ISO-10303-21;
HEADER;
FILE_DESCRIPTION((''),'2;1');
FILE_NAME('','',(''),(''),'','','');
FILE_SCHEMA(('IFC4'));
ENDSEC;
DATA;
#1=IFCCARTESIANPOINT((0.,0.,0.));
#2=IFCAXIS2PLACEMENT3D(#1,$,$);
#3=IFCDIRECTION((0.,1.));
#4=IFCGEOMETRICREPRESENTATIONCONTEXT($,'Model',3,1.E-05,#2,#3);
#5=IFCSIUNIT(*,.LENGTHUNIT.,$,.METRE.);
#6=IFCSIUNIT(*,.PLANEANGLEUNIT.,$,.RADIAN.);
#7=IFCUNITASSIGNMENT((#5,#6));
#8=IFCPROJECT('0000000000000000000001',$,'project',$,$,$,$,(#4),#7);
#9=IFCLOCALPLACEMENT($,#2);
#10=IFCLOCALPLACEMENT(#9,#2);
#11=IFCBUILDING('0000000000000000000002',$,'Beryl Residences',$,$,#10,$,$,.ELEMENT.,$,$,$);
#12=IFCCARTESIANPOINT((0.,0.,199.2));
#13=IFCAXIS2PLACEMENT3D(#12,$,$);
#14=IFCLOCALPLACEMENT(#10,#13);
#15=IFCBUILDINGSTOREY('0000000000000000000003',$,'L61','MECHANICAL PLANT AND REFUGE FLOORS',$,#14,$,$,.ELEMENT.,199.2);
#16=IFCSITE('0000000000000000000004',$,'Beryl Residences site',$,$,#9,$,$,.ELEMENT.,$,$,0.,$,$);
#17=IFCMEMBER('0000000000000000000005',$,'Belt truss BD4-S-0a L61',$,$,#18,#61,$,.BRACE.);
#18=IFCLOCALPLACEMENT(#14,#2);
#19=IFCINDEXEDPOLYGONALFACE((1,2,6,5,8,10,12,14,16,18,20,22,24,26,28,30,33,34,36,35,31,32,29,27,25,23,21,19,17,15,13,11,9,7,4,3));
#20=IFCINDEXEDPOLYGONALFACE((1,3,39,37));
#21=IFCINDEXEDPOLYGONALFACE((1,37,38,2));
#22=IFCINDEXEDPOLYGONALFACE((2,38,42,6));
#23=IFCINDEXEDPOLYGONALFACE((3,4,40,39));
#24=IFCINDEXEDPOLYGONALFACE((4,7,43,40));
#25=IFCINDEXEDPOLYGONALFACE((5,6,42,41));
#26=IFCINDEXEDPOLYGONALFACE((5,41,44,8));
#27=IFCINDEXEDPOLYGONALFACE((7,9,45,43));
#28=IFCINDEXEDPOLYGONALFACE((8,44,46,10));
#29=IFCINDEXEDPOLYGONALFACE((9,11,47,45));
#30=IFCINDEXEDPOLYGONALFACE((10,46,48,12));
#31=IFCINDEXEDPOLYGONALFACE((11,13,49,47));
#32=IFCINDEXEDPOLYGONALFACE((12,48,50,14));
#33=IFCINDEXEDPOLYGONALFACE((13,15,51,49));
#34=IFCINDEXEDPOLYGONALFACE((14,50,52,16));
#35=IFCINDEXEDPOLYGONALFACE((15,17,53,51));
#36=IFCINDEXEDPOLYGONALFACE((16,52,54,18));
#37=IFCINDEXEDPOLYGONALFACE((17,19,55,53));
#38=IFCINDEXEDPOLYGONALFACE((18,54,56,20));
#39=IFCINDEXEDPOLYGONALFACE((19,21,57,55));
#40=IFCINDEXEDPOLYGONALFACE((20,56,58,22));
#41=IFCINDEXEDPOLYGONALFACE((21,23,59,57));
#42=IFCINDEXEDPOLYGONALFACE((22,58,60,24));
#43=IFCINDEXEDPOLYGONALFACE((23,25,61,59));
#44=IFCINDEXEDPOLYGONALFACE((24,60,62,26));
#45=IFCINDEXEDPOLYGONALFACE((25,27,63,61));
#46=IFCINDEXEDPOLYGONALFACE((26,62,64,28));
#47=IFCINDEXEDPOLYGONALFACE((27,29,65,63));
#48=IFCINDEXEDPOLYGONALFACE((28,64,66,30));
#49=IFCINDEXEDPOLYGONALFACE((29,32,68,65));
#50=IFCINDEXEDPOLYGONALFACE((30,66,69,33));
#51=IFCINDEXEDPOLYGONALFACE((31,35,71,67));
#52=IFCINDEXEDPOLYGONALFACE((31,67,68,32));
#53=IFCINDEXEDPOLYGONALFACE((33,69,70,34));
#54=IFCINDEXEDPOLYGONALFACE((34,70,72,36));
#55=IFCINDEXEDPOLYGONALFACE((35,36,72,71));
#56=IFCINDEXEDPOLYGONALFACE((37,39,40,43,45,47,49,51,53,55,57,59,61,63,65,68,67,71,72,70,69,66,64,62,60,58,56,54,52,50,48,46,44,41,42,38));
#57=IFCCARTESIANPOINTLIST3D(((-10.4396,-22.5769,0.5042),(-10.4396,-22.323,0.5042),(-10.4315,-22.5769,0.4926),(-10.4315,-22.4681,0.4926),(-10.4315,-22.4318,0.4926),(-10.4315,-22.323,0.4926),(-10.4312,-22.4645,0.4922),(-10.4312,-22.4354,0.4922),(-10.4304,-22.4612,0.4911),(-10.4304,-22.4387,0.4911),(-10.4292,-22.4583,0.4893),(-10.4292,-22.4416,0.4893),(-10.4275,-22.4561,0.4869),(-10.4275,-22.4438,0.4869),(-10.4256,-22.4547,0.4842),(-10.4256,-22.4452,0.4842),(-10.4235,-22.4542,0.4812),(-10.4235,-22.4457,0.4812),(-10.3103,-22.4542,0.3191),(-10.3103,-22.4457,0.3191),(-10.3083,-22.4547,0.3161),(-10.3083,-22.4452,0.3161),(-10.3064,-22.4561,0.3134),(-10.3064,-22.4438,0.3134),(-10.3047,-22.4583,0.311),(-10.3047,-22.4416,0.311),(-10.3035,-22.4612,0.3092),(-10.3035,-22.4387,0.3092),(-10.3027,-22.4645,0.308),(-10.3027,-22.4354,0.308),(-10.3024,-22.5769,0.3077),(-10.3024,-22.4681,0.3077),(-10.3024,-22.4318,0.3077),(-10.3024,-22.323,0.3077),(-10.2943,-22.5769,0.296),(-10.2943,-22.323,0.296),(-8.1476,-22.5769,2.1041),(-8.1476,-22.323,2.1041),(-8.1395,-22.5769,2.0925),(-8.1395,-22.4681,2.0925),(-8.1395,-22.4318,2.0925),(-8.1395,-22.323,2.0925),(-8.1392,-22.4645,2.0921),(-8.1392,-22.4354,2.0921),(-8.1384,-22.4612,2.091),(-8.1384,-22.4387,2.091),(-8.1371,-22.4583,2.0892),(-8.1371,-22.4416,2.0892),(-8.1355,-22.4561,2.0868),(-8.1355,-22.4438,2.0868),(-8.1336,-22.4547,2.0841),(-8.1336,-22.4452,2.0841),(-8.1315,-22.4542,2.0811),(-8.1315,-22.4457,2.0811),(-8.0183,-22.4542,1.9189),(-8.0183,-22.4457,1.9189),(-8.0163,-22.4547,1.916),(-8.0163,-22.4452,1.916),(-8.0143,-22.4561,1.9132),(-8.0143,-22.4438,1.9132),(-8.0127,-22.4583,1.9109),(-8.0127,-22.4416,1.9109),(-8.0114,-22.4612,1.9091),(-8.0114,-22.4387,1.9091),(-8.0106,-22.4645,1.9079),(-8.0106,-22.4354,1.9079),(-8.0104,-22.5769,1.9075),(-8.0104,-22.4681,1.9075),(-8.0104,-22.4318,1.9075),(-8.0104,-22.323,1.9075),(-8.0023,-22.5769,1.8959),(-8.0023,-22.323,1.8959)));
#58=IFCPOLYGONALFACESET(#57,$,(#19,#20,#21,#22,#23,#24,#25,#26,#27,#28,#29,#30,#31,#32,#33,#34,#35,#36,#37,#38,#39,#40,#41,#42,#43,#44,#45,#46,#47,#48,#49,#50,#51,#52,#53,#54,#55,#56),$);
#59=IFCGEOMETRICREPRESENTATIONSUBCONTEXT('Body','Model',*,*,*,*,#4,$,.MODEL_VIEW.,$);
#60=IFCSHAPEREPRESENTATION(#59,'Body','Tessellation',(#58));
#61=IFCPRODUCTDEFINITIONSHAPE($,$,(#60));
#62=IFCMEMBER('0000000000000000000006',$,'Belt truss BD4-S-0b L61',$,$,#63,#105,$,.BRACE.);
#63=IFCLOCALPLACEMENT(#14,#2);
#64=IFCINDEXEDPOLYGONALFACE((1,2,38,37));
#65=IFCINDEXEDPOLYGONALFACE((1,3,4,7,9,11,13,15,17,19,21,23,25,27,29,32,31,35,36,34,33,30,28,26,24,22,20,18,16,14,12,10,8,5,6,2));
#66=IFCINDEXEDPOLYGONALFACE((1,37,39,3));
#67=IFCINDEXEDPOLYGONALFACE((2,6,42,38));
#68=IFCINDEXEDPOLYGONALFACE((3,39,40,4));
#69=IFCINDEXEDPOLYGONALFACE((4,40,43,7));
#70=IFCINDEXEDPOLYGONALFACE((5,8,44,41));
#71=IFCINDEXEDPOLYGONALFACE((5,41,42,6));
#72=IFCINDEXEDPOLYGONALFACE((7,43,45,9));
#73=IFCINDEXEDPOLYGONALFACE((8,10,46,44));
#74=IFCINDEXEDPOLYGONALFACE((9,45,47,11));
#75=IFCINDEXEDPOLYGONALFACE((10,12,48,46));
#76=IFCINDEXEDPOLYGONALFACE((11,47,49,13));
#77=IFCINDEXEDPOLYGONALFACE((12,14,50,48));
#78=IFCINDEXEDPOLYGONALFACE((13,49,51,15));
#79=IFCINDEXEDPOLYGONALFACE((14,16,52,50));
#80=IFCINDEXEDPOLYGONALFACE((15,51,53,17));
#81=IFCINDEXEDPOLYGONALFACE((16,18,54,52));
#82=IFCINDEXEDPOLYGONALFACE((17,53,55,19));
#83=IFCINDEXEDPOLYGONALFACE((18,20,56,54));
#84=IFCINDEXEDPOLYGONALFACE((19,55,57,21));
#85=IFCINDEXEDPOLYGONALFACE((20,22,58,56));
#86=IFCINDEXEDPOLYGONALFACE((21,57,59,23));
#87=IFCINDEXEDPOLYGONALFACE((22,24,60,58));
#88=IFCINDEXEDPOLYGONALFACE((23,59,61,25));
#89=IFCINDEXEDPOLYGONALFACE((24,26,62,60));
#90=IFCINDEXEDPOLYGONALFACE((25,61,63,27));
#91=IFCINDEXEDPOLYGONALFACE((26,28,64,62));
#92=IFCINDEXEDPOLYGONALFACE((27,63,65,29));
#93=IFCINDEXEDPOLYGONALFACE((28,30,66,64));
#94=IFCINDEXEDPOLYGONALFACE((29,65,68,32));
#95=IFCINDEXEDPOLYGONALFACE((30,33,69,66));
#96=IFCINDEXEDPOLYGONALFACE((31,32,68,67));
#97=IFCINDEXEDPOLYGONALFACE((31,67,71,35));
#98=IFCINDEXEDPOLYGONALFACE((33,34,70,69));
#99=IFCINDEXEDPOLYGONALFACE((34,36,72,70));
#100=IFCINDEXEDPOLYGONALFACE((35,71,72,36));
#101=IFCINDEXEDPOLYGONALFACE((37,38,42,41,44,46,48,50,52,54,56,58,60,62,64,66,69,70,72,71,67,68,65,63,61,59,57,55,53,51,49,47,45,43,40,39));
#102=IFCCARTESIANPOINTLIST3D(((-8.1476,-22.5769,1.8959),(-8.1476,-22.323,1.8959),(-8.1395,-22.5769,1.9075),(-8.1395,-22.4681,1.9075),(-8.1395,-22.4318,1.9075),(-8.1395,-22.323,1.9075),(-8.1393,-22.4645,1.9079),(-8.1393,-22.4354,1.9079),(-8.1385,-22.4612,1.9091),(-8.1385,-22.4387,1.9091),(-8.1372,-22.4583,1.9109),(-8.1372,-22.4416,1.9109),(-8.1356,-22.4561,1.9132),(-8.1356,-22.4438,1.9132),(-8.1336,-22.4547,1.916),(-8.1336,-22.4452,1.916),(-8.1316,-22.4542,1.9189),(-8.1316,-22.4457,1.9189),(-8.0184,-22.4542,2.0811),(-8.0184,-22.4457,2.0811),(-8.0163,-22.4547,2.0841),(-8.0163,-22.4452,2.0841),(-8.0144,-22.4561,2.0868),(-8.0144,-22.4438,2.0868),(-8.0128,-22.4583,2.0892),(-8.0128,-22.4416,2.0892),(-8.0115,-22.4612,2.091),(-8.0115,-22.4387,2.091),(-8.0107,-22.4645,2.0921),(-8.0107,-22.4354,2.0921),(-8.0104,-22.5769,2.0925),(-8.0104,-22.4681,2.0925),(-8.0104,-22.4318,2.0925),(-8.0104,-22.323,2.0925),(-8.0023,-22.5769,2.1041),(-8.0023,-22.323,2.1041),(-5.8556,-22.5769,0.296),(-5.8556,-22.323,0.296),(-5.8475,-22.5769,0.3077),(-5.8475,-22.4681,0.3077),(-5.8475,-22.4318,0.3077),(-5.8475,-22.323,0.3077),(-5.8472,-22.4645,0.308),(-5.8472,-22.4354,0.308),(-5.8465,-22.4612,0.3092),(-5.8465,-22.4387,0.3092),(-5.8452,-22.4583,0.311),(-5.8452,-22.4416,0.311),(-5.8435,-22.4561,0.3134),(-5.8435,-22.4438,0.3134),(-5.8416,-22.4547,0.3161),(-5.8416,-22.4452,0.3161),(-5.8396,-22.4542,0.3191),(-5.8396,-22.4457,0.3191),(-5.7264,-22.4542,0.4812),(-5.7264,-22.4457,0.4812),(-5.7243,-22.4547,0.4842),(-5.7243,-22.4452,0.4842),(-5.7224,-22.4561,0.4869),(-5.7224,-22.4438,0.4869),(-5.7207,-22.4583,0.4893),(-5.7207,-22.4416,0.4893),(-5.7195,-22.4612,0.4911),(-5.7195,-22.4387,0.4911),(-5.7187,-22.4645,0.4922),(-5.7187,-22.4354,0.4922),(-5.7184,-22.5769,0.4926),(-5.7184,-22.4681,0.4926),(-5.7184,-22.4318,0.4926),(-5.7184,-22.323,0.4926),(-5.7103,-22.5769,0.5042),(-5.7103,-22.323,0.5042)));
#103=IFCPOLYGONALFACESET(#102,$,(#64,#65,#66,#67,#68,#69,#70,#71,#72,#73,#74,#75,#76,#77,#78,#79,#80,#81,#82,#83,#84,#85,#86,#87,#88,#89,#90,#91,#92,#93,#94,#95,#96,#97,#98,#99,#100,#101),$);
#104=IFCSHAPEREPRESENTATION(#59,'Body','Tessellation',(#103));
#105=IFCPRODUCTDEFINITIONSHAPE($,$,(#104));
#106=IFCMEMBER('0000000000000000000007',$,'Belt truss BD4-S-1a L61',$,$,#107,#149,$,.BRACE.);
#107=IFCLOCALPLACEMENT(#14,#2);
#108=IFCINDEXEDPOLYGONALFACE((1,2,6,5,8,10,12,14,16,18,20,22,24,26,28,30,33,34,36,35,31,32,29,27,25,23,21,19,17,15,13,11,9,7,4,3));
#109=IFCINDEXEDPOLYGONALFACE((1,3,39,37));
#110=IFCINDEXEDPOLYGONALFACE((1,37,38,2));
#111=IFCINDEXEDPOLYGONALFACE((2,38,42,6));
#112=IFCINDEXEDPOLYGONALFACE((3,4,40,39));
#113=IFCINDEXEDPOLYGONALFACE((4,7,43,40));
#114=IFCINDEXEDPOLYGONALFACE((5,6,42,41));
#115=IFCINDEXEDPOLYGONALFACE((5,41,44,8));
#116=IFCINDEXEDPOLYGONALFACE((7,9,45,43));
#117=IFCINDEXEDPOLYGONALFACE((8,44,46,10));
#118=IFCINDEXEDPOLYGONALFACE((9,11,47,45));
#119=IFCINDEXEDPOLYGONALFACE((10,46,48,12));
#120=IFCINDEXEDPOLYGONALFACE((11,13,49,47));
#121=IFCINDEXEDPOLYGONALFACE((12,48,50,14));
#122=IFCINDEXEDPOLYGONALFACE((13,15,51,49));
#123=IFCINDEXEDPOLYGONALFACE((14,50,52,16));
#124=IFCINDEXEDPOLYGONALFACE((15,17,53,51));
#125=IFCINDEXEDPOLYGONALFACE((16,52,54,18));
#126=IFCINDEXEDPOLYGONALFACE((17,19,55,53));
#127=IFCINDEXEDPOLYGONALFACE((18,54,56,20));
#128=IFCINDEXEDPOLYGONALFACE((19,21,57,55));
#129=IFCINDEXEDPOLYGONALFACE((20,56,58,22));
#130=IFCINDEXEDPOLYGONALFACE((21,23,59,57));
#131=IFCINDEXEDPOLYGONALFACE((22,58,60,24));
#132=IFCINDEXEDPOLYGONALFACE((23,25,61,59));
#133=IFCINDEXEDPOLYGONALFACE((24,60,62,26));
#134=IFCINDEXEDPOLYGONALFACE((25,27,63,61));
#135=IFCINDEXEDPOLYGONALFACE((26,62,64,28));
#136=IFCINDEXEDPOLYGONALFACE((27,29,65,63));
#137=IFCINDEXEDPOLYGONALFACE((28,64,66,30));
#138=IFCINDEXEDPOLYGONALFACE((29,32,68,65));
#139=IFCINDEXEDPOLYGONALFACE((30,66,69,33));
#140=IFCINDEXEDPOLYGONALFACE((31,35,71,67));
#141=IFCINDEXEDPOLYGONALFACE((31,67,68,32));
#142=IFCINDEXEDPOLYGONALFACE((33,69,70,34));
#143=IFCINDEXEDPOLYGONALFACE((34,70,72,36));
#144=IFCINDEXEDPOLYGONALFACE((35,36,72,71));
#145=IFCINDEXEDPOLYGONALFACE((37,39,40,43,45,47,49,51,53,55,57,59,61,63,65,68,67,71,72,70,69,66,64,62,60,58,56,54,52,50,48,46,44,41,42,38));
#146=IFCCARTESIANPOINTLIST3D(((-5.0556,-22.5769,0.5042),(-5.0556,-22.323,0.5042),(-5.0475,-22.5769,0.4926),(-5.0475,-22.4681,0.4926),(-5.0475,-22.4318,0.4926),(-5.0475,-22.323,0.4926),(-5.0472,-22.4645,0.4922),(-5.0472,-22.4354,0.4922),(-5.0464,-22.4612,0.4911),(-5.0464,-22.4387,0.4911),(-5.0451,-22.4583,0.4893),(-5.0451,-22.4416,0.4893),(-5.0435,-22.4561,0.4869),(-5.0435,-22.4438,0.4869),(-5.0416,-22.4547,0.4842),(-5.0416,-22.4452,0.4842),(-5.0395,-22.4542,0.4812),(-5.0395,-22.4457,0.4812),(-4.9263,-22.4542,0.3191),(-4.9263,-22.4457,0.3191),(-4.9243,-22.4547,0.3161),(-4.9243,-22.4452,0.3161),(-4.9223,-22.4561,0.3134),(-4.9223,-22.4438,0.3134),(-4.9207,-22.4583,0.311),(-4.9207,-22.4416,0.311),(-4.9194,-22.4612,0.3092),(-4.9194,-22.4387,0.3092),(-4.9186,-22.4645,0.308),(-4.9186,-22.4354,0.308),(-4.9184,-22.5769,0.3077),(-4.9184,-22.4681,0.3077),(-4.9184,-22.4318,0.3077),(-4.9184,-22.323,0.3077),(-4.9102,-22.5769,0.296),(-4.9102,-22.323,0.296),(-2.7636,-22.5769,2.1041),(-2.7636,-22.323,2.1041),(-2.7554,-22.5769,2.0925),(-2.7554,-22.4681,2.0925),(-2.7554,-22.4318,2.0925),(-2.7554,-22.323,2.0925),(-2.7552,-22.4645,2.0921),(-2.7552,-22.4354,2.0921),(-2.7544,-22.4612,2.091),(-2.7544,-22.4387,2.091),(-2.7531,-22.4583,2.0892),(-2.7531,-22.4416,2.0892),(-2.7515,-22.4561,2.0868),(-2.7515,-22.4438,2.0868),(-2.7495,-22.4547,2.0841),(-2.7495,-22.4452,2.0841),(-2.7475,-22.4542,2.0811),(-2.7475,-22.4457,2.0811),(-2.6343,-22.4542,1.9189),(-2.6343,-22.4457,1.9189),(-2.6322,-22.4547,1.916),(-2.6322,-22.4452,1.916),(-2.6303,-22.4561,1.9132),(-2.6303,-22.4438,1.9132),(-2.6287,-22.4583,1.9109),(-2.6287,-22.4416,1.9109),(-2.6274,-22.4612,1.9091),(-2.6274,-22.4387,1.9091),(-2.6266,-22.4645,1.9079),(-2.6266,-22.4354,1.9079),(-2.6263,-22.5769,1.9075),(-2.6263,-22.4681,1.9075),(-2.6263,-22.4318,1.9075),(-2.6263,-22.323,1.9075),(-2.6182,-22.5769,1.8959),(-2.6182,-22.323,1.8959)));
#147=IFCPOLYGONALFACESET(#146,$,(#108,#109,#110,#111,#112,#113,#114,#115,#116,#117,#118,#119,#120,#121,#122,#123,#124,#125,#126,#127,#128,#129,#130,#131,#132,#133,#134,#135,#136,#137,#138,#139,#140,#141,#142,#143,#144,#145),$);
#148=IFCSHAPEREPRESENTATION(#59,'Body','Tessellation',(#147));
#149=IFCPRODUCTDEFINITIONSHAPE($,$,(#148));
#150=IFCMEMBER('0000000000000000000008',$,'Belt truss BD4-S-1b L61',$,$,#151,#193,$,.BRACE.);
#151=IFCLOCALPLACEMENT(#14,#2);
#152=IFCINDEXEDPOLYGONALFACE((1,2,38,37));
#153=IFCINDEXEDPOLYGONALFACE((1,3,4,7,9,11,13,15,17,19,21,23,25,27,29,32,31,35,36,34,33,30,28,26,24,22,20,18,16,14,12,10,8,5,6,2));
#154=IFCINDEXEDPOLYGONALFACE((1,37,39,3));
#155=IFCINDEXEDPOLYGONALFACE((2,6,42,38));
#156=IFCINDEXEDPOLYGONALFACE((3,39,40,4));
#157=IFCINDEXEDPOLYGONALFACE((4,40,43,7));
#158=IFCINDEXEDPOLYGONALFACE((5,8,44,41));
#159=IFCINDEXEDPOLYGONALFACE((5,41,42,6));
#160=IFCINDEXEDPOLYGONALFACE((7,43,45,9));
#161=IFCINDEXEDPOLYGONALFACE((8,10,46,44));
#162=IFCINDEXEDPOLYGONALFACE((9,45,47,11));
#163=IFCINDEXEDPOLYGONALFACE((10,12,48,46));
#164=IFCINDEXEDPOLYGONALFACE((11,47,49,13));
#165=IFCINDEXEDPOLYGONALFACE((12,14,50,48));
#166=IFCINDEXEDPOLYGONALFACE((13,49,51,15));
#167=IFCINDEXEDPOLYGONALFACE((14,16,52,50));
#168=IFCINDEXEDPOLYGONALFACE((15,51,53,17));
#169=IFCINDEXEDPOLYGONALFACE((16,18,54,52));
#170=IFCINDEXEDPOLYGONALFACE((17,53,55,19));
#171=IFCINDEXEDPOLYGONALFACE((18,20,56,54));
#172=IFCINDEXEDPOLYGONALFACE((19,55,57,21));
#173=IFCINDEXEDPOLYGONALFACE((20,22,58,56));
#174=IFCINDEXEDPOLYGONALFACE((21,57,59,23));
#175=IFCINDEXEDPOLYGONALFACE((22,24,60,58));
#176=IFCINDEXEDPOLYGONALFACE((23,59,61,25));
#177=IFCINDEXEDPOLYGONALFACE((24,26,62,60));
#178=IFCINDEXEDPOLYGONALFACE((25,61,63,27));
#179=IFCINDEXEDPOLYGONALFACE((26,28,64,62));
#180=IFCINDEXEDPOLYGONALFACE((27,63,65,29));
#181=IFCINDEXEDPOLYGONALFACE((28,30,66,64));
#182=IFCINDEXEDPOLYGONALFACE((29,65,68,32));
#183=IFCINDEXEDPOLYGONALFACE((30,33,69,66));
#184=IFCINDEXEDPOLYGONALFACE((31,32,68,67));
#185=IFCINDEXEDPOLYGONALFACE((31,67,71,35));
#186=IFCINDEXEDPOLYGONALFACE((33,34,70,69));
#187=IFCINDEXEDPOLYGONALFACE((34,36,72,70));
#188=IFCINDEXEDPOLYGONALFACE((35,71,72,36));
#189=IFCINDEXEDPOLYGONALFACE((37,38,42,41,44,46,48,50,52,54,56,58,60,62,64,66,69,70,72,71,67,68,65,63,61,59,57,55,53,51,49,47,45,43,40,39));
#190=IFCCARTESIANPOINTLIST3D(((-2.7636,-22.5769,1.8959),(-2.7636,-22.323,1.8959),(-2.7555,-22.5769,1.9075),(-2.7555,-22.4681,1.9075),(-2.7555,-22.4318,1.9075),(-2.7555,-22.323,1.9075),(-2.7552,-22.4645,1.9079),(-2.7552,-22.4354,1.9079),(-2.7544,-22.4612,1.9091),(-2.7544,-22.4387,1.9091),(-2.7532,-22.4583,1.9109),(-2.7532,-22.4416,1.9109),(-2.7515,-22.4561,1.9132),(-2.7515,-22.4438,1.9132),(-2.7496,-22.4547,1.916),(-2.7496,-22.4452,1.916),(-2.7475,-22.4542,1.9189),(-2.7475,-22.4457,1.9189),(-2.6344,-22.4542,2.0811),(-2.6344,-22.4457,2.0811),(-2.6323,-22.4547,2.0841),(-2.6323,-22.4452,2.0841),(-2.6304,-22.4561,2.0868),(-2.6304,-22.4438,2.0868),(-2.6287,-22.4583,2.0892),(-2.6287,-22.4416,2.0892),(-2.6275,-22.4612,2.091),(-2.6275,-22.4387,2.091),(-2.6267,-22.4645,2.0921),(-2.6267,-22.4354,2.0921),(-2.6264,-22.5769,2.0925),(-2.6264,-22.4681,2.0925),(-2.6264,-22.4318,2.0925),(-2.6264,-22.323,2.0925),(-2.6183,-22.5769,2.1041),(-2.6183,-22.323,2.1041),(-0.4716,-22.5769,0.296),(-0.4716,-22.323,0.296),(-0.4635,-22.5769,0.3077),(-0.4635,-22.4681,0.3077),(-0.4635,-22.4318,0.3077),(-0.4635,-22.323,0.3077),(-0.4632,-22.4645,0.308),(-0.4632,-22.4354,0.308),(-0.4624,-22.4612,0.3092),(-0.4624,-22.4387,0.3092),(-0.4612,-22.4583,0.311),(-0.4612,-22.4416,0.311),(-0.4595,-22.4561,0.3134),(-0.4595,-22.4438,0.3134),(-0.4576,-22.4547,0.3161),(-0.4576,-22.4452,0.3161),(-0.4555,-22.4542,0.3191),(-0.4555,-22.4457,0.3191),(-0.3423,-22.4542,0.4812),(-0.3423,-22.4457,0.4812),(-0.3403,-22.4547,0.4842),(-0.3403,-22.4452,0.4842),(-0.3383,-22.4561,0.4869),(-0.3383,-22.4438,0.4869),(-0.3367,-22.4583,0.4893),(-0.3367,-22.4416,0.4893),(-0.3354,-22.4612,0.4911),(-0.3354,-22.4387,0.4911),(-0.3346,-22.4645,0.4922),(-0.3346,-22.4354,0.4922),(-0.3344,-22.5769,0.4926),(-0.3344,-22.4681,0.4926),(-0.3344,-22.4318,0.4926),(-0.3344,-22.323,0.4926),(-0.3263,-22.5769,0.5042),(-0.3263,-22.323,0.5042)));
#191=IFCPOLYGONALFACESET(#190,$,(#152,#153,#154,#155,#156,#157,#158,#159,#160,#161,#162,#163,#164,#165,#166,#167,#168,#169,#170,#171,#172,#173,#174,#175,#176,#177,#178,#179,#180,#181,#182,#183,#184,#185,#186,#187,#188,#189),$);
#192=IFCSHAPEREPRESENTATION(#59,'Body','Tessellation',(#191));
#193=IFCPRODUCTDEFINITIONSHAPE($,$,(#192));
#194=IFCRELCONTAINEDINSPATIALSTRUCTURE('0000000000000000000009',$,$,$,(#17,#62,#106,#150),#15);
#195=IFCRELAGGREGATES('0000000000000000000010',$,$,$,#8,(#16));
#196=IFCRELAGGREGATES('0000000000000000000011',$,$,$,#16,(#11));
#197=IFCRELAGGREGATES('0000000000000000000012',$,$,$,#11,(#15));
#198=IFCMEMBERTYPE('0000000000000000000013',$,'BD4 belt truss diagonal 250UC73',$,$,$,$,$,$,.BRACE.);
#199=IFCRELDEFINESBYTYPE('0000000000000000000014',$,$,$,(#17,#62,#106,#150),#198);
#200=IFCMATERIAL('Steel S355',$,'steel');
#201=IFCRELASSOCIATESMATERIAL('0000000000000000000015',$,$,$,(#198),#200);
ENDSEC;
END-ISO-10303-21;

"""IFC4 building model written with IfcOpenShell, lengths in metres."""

from ifc_helpers import new_model, si_unit, direction, frame, origin, origin_2d, place, context, subcontext, project, spatial, i_section, extrude, material, material_profile, profile_set, type_object, element, save


model = new_model("IFC4")

# Units and contexts
model_context = context("Model", 3, precision=1e-05, world=origin(), true_north=direction((0.0, 1.0)))
body_context = subcontext(model_context, "Body", "Model", "MODEL_VIEW")
ifc_project = project(units=[si_unit("LENGTHUNIT", "METRE"), si_unit("PLANEANGLEUNIT", "RADIAN")], contexts=[model_context])

# Site, building, storey
site_placement = place(None, origin())
site = spatial("IfcSite", under=ifc_project, at=site_placement, Name="Beryl Residences site", CompositionType="ELEMENT", RefElevation=0.0)
building_placement = place(site_placement, origin())
building = spatial("IfcBuilding", under=site, at=building_placement, Name="Beryl Residences", CompositionType="ELEMENT")
storey_placement = place(building_placement, frame((0.0, 0.0, 199.2)))
storey = spatial("IfcBuildingStorey", under=building, at=storey_placement, Name="L61", Description="MECHANICAL PLANT AND REFUGE FLOORS", CompositionType="ELEMENT", Elevation=199.2)

# Members
ifc_material_1 = material(Name="Steel S355", Category="steel")
ifc_material_profile_1 = material_profile(ifc_material_1, i_section(OverallWidth=0.2539, OverallDepth=0.2539, WebThickness=0.0085, FlangeThickness=0.0142, FilletRadius=0.0139, at=origin_2d()))
ifc_profile_set_1 = profile_set([ifc_material_profile_1], Name="Steel S355")
member_type_1 = type_object("IfcMemberType", Name="BD4 belt truss diagonal 250UC73", PredefinedType="BRACE", material=ifc_profile_set_1)
for number, where, z_axis, x_axis, name in (
    (1, (-10.3669, -22.45, 0.4001), (0.819994, 0.0, 0.572371), (0.0, 1.0, 0.0), "Belt truss BD4-S-0a L61"),
    (2, (-5.783, -22.45, 0.4001), (-0.819994, 0.0, 0.572371), (0.0, -1.0, 0.0), "Belt truss BD4-S-0b L61"),
    (3, (-4.9829, -22.45, 0.4001), (0.819994, 0.0, 0.572371), (0.0, 1.0, 0.0), "Belt truss BD4-S-1a L61"),
    (4, (-0.3989, -22.45, 0.4001), (-0.819994, 0.0, 0.572371), (0.0, -1.0, 0.0), "Belt truss BD4-S-1b L61"),
):
    element("IfcMember", number, at=place(storey_placement, frame(where, z_axis=z_axis, x_axis=x_axis)), inside=storey, type_object=member_type_1, Name=name, PredefinedType="BRACE", context=body_context, shape_type="SweptSolid", body=[
        extrude(i_section(OverallWidth=0.2539, OverallDepth=0.2539, WebThickness=0.0085, FlangeThickness=0.0142, FilletRadius=0.0139, at=origin_2d()), origin(), (0.0, 0.0, 1.0), 2.7952),
    ])

save(model, "model.ifc")
